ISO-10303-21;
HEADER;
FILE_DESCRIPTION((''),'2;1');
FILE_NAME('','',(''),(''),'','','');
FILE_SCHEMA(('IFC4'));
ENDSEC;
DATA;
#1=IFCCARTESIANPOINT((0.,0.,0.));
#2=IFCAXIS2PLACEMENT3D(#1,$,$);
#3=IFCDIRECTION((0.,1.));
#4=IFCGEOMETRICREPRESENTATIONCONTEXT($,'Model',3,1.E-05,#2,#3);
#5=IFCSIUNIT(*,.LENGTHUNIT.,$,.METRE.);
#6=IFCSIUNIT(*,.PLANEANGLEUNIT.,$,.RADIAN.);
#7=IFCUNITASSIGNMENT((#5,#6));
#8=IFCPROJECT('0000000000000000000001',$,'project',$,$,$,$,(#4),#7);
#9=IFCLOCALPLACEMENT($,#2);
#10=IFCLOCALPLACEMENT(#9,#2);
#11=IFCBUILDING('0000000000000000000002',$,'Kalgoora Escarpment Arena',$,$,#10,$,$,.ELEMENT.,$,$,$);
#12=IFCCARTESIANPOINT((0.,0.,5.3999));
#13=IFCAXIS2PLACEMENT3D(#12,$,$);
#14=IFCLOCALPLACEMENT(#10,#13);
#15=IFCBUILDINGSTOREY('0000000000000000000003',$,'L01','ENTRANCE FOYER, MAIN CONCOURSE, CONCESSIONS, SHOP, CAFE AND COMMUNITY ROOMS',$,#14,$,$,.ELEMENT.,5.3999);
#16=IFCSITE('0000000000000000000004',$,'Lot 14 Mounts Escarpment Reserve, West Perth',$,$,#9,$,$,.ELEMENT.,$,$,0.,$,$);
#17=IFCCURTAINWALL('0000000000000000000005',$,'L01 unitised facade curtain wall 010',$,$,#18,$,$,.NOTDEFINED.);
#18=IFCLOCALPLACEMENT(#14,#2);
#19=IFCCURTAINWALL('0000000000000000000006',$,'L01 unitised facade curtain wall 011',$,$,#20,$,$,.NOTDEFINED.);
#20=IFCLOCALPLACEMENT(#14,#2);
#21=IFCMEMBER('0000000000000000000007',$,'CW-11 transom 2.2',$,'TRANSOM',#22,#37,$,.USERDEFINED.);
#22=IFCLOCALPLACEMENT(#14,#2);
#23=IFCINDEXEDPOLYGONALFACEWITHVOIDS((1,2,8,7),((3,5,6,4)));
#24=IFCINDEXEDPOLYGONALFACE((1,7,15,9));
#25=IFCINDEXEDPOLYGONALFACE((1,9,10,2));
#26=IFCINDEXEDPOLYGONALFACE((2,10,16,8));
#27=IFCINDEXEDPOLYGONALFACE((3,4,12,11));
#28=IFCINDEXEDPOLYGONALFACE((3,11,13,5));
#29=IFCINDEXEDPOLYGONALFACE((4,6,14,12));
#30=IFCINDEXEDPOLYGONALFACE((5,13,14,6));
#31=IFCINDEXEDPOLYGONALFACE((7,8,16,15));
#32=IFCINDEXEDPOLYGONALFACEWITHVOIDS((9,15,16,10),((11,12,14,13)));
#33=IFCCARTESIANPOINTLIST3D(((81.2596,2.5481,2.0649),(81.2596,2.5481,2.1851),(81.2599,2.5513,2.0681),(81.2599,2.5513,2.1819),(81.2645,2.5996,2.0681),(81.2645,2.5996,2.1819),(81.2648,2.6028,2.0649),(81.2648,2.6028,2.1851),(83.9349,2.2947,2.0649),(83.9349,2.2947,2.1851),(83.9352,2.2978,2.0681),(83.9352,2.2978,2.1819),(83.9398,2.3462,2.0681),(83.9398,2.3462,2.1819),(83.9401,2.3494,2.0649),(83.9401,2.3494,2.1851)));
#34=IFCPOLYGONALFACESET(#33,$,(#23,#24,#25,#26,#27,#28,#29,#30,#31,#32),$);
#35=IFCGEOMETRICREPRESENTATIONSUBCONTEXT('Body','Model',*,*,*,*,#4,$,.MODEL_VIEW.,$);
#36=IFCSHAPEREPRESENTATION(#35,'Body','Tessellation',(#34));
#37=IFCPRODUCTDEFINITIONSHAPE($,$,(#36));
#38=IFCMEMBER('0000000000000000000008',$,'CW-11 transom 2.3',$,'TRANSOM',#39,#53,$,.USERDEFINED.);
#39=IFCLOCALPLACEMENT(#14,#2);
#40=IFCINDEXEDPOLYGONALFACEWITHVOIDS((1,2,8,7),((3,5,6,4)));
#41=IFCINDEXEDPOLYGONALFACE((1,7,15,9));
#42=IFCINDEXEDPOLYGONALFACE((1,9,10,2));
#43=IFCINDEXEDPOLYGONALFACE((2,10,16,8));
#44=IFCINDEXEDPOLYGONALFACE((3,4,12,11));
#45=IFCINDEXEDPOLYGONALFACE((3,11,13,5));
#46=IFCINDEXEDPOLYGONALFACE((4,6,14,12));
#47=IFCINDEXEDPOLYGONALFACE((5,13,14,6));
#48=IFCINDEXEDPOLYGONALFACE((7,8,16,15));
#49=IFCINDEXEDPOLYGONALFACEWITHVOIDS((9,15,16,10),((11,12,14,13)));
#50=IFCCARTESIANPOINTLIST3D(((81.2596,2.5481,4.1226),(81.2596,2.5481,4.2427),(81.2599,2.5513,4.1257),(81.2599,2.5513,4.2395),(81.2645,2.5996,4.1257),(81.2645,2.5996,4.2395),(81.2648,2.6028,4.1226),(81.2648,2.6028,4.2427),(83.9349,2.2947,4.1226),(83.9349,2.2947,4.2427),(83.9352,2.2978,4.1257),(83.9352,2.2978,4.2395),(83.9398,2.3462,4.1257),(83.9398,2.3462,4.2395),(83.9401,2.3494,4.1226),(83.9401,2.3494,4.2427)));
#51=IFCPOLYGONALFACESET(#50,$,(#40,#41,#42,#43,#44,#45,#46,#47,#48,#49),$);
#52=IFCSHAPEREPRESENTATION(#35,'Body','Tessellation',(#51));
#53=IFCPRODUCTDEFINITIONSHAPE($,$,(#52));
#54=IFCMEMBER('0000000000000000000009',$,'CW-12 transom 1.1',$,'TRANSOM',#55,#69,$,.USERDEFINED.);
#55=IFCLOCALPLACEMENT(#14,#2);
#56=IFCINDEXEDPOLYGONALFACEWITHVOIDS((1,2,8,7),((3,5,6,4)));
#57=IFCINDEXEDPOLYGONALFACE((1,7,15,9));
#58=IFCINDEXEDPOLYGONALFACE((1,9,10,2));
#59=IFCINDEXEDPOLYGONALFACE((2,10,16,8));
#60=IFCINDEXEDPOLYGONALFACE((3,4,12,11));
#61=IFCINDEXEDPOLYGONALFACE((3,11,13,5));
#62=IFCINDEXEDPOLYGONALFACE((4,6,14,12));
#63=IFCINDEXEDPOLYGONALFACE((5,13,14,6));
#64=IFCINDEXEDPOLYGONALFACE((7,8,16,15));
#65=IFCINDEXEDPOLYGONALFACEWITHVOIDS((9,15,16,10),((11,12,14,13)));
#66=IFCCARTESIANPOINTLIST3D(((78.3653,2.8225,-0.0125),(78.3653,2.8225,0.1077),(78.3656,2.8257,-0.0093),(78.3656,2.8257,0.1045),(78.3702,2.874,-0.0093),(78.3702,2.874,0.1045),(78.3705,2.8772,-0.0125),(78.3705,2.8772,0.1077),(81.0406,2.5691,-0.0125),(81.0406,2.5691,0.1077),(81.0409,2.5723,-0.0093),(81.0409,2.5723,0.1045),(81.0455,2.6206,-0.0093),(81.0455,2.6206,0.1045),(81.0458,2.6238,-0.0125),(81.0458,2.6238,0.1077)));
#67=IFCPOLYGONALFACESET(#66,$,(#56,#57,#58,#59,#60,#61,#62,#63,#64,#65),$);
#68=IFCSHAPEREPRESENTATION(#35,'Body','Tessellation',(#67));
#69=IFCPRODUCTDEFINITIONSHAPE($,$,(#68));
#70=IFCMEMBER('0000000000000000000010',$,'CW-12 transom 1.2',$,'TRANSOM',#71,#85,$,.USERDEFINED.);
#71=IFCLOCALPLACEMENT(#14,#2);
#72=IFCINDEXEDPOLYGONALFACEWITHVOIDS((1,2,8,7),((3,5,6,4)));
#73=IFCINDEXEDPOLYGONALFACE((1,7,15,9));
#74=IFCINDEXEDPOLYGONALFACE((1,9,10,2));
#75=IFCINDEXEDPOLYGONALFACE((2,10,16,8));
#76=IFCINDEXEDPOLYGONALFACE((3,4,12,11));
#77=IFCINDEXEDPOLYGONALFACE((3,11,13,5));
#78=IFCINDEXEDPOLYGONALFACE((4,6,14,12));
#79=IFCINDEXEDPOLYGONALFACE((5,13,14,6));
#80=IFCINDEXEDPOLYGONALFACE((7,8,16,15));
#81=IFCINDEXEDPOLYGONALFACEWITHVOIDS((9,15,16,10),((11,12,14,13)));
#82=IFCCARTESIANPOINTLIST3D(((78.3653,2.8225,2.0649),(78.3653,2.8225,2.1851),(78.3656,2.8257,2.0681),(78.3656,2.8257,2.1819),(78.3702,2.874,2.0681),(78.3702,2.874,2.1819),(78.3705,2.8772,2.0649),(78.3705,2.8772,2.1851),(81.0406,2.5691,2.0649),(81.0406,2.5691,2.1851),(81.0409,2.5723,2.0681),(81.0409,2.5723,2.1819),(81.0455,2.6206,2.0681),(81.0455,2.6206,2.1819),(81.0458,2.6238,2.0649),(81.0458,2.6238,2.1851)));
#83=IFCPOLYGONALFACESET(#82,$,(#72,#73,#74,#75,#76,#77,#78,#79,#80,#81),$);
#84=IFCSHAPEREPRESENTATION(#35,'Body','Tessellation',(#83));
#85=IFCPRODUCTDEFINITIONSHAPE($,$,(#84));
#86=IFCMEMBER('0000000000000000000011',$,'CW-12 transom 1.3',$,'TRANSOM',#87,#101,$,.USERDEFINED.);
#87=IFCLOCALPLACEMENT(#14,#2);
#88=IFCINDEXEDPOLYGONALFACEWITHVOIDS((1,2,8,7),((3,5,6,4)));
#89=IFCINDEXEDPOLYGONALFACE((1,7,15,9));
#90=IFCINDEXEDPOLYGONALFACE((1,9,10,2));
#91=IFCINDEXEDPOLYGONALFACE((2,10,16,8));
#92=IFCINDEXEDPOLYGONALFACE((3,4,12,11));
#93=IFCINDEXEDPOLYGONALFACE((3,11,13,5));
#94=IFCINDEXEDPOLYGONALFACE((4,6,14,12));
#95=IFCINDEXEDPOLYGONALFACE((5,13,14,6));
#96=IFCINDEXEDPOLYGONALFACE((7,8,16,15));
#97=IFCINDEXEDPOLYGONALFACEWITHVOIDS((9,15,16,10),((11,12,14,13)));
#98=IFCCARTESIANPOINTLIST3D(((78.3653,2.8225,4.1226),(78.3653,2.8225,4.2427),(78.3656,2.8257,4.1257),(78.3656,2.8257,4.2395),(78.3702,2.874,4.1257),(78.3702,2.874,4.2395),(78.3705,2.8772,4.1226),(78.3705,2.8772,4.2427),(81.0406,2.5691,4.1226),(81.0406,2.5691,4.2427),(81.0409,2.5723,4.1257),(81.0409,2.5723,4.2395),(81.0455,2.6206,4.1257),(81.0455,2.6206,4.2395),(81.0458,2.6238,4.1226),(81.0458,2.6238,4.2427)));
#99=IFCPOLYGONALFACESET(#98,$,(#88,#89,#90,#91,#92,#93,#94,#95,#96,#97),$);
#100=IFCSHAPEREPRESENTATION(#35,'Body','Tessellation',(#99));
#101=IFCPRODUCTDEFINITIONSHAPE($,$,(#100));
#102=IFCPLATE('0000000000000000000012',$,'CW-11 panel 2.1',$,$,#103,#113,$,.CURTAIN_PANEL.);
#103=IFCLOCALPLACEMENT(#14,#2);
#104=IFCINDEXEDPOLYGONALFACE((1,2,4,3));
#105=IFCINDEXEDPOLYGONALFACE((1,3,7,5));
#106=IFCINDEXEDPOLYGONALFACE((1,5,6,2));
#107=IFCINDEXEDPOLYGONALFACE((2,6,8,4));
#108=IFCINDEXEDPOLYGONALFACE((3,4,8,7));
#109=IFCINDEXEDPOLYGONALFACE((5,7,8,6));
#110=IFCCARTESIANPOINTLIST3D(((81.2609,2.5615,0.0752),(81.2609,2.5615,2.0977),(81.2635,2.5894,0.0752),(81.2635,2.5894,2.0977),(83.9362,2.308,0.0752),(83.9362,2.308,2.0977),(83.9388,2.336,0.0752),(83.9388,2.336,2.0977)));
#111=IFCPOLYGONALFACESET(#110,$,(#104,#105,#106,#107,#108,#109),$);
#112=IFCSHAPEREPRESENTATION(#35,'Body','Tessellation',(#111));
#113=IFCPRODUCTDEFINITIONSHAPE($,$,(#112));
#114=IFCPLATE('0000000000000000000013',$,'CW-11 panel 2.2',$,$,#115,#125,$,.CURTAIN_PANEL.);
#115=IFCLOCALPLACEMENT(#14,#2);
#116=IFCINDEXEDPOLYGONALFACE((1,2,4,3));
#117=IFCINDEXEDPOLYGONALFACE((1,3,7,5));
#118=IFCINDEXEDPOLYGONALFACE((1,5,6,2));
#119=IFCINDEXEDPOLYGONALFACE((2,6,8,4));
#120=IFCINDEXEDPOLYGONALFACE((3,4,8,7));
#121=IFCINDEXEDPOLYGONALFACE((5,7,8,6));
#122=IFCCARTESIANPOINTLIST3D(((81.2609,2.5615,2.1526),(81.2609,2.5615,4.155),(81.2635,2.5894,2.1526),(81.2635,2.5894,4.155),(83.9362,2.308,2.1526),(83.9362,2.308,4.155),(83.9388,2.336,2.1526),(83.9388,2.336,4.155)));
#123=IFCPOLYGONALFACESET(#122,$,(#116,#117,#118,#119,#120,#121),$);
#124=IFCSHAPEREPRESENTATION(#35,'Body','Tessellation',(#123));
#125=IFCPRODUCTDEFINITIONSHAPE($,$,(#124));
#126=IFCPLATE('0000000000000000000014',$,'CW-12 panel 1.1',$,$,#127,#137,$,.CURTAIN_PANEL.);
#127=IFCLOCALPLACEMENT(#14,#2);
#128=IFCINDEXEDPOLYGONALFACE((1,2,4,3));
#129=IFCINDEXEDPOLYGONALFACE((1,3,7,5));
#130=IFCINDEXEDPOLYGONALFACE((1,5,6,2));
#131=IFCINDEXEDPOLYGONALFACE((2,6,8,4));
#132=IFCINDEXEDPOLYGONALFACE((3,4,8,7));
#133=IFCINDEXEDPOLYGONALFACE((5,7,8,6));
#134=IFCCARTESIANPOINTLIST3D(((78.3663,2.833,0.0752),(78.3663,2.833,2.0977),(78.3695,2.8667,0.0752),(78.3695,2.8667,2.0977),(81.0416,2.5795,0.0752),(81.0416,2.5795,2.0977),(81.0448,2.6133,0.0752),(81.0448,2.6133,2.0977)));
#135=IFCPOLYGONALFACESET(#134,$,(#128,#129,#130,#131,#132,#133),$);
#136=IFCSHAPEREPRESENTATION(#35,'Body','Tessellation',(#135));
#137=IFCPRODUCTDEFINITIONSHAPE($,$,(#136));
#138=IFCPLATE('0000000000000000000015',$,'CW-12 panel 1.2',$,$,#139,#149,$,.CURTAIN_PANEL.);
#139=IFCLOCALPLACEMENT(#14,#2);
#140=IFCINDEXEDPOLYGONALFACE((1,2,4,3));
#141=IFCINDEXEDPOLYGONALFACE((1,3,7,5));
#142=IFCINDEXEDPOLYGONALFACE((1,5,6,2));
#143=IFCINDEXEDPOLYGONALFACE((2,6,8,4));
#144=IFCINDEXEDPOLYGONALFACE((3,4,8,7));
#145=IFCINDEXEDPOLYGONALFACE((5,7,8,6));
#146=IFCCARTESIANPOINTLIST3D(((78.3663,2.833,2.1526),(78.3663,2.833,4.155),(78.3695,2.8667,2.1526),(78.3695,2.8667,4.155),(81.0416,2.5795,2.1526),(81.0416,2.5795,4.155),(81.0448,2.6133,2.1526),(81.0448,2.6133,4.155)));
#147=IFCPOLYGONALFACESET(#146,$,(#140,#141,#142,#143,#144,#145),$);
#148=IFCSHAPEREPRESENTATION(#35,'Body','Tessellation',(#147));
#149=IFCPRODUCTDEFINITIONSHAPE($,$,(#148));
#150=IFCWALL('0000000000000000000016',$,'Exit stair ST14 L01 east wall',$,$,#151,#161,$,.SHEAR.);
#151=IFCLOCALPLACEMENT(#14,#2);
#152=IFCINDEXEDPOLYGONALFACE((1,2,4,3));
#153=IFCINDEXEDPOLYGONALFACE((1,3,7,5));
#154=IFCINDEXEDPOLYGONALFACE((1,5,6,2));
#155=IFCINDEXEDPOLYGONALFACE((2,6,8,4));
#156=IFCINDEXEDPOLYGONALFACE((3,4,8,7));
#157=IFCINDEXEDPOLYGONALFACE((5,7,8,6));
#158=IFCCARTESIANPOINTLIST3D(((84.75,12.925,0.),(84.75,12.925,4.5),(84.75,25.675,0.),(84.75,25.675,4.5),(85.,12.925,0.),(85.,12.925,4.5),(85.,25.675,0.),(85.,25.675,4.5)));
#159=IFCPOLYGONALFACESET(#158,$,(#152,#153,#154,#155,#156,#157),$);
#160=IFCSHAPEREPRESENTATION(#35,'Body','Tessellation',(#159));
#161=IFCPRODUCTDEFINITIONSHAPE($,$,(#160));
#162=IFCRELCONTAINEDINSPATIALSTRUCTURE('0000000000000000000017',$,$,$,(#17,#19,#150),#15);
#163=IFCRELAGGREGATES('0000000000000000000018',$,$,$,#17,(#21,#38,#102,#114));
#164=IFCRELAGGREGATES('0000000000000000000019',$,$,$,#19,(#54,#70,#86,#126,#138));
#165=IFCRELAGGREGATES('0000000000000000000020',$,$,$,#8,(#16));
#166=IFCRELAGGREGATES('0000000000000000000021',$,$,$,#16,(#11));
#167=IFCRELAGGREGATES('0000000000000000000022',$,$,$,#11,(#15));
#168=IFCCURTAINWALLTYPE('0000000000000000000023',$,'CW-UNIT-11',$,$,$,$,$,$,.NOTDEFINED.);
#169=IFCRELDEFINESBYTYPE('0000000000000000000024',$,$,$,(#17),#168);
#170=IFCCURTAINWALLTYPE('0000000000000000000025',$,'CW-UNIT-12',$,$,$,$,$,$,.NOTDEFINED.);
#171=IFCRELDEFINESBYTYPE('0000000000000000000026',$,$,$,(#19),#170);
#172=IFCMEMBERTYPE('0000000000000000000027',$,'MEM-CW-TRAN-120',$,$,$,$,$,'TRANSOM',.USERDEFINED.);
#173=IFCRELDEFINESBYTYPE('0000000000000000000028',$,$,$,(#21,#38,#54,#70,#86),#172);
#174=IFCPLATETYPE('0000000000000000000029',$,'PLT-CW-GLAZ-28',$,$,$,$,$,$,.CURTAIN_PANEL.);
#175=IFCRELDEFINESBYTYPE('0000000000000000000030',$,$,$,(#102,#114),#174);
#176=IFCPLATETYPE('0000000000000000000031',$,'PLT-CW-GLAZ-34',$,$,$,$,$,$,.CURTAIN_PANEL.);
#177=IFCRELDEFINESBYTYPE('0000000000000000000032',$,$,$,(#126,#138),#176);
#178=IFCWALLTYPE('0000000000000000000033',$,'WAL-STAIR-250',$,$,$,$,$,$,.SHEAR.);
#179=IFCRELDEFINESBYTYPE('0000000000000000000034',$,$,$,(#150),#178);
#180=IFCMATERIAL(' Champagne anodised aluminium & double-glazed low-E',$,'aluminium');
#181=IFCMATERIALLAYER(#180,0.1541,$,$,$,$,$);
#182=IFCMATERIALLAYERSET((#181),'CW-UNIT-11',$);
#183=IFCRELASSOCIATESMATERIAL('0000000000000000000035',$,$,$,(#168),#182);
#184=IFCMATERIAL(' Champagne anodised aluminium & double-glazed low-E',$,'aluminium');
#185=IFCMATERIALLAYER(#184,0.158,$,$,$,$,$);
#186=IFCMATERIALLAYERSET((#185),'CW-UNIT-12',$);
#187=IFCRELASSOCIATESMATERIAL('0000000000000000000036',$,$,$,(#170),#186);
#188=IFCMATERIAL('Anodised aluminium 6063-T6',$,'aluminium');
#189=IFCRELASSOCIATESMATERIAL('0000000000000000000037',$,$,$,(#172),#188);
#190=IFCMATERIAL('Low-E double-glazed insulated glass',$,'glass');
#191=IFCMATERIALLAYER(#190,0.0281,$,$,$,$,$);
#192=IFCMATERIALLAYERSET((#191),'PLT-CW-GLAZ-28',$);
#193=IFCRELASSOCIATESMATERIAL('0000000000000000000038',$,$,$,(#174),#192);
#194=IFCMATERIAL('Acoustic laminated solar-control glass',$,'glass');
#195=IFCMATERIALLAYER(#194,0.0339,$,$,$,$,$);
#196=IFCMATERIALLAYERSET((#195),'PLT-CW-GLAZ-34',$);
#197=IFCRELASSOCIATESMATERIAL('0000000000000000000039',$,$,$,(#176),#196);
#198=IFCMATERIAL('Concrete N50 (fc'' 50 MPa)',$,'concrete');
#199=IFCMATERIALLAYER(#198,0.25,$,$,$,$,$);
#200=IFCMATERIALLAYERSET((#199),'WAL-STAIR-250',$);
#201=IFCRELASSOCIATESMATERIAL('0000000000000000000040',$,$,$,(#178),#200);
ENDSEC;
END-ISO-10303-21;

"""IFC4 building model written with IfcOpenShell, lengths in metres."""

from ifc_helpers import new_model, si_unit, direction, frame, frame_2d, origin, origin_2d, place, context, subcontext, project, spatial, rectangle, hollow_rectangle, extrude, material, layer, layer_set, material_profile, profile_set, type_object, element, aggregate, save


model = new_model("IFC4")

# Units and contexts
model_context = context("Model", 3, precision=1e-05, world=origin(), true_north=direction((0.0, 1.0)))
body_context = subcontext(model_context, "Body", "Model", "MODEL_VIEW")
ifc_project = project(units=[si_unit("LENGTHUNIT", "METRE"), si_unit("PLANEANGLEUNIT", "RADIAN")], contexts=[model_context])

# Site, building, storey
site_placement = place(None, origin())
site = spatial("IfcSite", under=ifc_project, at=site_placement, Name="Lot 14 Mounts Escarpment Reserve, West Perth", CompositionType="ELEMENT", RefElevation=0.0)
building_placement = place(site_placement, origin())
building = spatial("IfcBuilding", under=site, at=building_placement, Name="Kalgoora Escarpment Arena", CompositionType="ELEMENT")
storey_placement = place(building_placement, frame((0.0, 0.0, 5.3999)))
storey = spatial("IfcBuildingStorey", under=building, at=storey_placement, Name="L01", Description="ENTRANCE FOYER, MAIN CONCOURSE, CONCESSIONS, SHOP, CAFE AND COMMUNITY ROOMS", CompositionType="ELEMENT", Elevation=5.3999)

# Curtain wall
ifc_material_1 = material(Name=" Champagne anodised aluminium & double-glazed low-E", Category="aluminium")
ifc_layer_1 = layer(ifc_material_1, 0.1541)
ifc_layer_set_1 = layer_set([ifc_layer_1], Name="CW-UNIT-11")
curtain_wall_type_1 = type_object("IfcCurtainWallType", Name="CW-UNIT-11", PredefinedType="NOTDEFINED", material=ifc_layer_set_1)
curtain_wall_1_placement = place(storey_placement, origin())
curtain_wall_1 = element("IfcCurtainWall", 1, at=curtain_wall_1_placement, inside=storey, type_object=curtain_wall_type_1, Name="L01 unitised facade curtain wall 010", PredefinedType="NOTDEFINED")

# Curtain wall
ifc_material_2 = material(Name=" Champagne anodised aluminium & double-glazed low-E", Category="aluminium")
ifc_layer_2 = layer(ifc_material_2, 0.158)
ifc_layer_set_2 = layer_set([ifc_layer_2], Name="CW-UNIT-12")
curtain_wall_type_2 = type_object("IfcCurtainWallType", Name="CW-UNIT-12", PredefinedType="NOTDEFINED", material=ifc_layer_set_2)
curtain_wall_2_placement = place(storey_placement, origin())
curtain_wall_2 = element("IfcCurtainWall", 2, at=curtain_wall_2_placement, inside=storey, type_object=curtain_wall_type_2, Name="L01 unitised facade curtain wall 011", PredefinedType="NOTDEFINED")

# Members
ifc_material_3 = material(Name="Anodised aluminium 6063-T6", Category="aluminium")
ifc_material_profile_1 = material_profile(ifc_material_3, hollow_rectangle(XDim=0.0549, YDim=0.1201, WallThickness=0.0032, at=origin_2d()))
ifc_profile_set_1 = profile_set([ifc_material_profile_1], Name="Anodised aluminium 6063-T6")
member_type_1 = type_object("IfcMemberType", Name="MEM-CW-TRAN-120", ElementType="TRANSOM", PredefinedType="USERDEFINED", material=ifc_profile_set_1)
member_1_placement = place(storey_placement, frame((83.9375, 2.322, 2.125), z_axis=(-0.995544, 0.094303, 0.0), x_axis=(-0.094303, -0.995544, 0.0)))
member_1 = element("IfcMember", 3, at=member_1_placement, type_object=member_type_1, Name="CW-11 transom 2.2", ObjectType="TRANSOM", PredefinedType="USERDEFINED", context=body_context, shape_type="SweptSolid", body=[
    extrude(hollow_rectangle(XDim=0.0549, YDim=0.1201, WallThickness=0.0032, at=origin_2d()), origin(), (0.0, 0.0, 1.0), 2.6873),
])
member_2_placement = place(storey_placement, frame((83.9375, 2.322, 4.1826), z_axis=(-0.995544, 0.094303, 0.0), x_axis=(-0.094303, -0.995544, 0.0)))
member_2 = element("IfcMember", 4, at=member_2_placement, type_object=member_type_1, Name="CW-11 transom 2.3", ObjectType="TRANSOM", PredefinedType="USERDEFINED", context=body_context, shape_type="SweptSolid", body=[
    extrude(hollow_rectangle(XDim=0.0549, YDim=0.1201, WallThickness=0.0032, at=origin_2d()), origin(), (0.0, 0.0, 1.0), 2.6873),
])
member_3_placement = place(storey_placement, frame((81.0432, 2.5964, 0.0476), z_axis=(-0.995544, 0.094303, 0.0), x_axis=(-0.094303, -0.995544, 0.0)))
member_3 = element("IfcMember", 5, at=member_3_placement, type_object=member_type_1, Name="CW-12 transom 1.1", ObjectType="TRANSOM", PredefinedType="USERDEFINED", context=body_context, shape_type="SweptSolid", body=[
    extrude(hollow_rectangle(XDim=0.0549, YDim=0.1201, WallThickness=0.0032, at=origin_2d()), origin(), (0.0, 0.0, 1.0), 2.6873),
])
member_4_placement = place(storey_placement, frame((81.0432, 2.5964, 2.125), z_axis=(-0.995544, 0.094303, 0.0), x_axis=(-0.094303, -0.995544, 0.0)))
member_4 = element("IfcMember", 6, at=member_4_placement, type_object=member_type_1, Name="CW-12 transom 1.2", ObjectType="TRANSOM", PredefinedType="USERDEFINED", context=body_context, shape_type="SweptSolid", body=[
    extrude(hollow_rectangle(XDim=0.0549, YDim=0.1201, WallThickness=0.0032, at=origin_2d()), origin(), (0.0, 0.0, 1.0), 2.6873),
])
member_5_placement = place(storey_placement, frame((81.0432, 2.5964, 4.1826), z_axis=(-0.995544, 0.094303, 0.0), x_axis=(-0.094303, -0.995544, 0.0)))
member_5 = element("IfcMember", 7, at=member_5_placement, type_object=member_type_1, Name="CW-12 transom 1.3", ObjectType="TRANSOM", PredefinedType="USERDEFINED", context=body_context, shape_type="SweptSolid", body=[
    extrude(hollow_rectangle(XDim=0.0549, YDim=0.1201, WallThickness=0.0032, at=origin_2d()), origin(), (0.0, 0.0, 1.0), 2.6873),
])

# Plates
ifc_material_4 = material(Name="Low-E double-glazed insulated glass", Category="glass")
ifc_layer_3 = layer(ifc_material_4, 0.0281)
ifc_layer_set_3 = layer_set([ifc_layer_3], Name="PLT-CW-GLAZ-28")
plate_type_1 = type_object("IfcPlateType", Name="PLT-CW-GLAZ-28", PredefinedType="CURTAIN_PANEL", material=ifc_layer_set_3)
plate_1_placement = place(storey_placement, frame((82.5999, 2.4487, 0.0752), z_axis=(0.0, 0.0, 1.0), x_axis=(-0.995544, 0.094301, 0.0)))
plate_1 = element("IfcPlate", 8, at=plate_1_placement, type_object=plate_type_1, Name="CW-11 panel 2.1", PredefinedType="CURTAIN_PANEL", context=body_context, shape_type="SweptSolid", body=[
    extrude(rectangle(XDim=2.6873, YDim=0.0281, at=origin_2d()), origin(), (0.0, 0.0, 1.0), 2.0225),
])
plate_2_placement = place(storey_placement, frame((82.5999, 2.4487, 2.1526), z_axis=(0.0, 0.0, 1.0), x_axis=(-0.995544, 0.094301, 0.0)))
plate_2 = element("IfcPlate", 9, at=plate_2_placement, type_object=plate_type_1, Name="CW-11 panel 2.2", PredefinedType="CURTAIN_PANEL", context=body_context, shape_type="SweptSolid", body=[
    extrude(rectangle(XDim=2.6873, YDim=0.0281, at=origin_2d()), origin(), (0.0, 0.0, 1.0), 2.0024),
])
aggregate(curtain_wall_1, [member_1, member_2, plate_1, plate_2])
ifc_material_5 = material(Name="Acoustic laminated solar-control glass", Category="glass")
ifc_layer_4 = layer(ifc_material_5, 0.0339)
ifc_layer_set_4 = layer_set([ifc_layer_4], Name="PLT-CW-GLAZ-34")
plate_type_2 = type_object("IfcPlateType", Name="PLT-CW-GLAZ-34", PredefinedType="CURTAIN_PANEL", material=ifc_layer_set_4)
plate_3_placement = place(storey_placement, frame((79.7056, 2.7231, 0.0752), z_axis=(0.0, 0.0, 1.0), x_axis=(-0.995544, 0.094301, 0.0)))
plate_3 = element("IfcPlate", 10, at=plate_3_placement, type_object=plate_type_2, Name="CW-12 panel 1.1", PredefinedType="CURTAIN_PANEL", context=body_context, shape_type="SweptSolid", body=[
    extrude(rectangle(XDim=2.6873, YDim=0.0339, at=origin_2d()), origin(), (0.0, 0.0, 1.0), 2.0225),
])
plate_4_placement = place(storey_placement, frame((79.7056, 2.7231, 2.1526), z_axis=(0.0, 0.0, 1.0), x_axis=(-0.995544, 0.094301, 0.0)))
plate_4 = element("IfcPlate", 11, at=plate_4_placement, type_object=plate_type_2, Name="CW-12 panel 1.2", PredefinedType="CURTAIN_PANEL", context=body_context, shape_type="SweptSolid", body=[
    extrude(rectangle(XDim=2.6873, YDim=0.0339, at=origin_2d()), origin(), (0.0, 0.0, 1.0), 2.0024),
])
aggregate(curtain_wall_2, [member_3, member_4, member_5, plate_3, plate_4])

# Wall
ifc_material_6 = material(Name="Concrete N50 (fc' 50 MPa)", Category="concrete")
ifc_layer_5 = layer(ifc_material_6, 0.25)
ifc_layer_set_5 = layer_set([ifc_layer_5], Name="WAL-STAIR-250")
wall_type = type_object("IfcWallType", Name="WAL-STAIR-250", PredefinedType="SHEAR", material=ifc_layer_set_5)
wall_placement = place(storey_placement, frame((84.875, 12.925, 0.0), z_axis=(0.0, 0.0, 1.0), x_axis=(0.0, 1.0, 0.0)))
element("IfcWall", 12, at=wall_placement, inside=storey, type_object=wall_type, Name="Exit stair ST14 L01 east wall", PredefinedType="SHEAR", context=body_context, shape_type="SweptSolid", body=[
    extrude(rectangle(XDim=12.75, YDim=0.25, at=frame_2d((6.375, 0.0))), origin(), (0.0, 0.0, 1.0), 4.5),
])

save(model, "model.ifc")
